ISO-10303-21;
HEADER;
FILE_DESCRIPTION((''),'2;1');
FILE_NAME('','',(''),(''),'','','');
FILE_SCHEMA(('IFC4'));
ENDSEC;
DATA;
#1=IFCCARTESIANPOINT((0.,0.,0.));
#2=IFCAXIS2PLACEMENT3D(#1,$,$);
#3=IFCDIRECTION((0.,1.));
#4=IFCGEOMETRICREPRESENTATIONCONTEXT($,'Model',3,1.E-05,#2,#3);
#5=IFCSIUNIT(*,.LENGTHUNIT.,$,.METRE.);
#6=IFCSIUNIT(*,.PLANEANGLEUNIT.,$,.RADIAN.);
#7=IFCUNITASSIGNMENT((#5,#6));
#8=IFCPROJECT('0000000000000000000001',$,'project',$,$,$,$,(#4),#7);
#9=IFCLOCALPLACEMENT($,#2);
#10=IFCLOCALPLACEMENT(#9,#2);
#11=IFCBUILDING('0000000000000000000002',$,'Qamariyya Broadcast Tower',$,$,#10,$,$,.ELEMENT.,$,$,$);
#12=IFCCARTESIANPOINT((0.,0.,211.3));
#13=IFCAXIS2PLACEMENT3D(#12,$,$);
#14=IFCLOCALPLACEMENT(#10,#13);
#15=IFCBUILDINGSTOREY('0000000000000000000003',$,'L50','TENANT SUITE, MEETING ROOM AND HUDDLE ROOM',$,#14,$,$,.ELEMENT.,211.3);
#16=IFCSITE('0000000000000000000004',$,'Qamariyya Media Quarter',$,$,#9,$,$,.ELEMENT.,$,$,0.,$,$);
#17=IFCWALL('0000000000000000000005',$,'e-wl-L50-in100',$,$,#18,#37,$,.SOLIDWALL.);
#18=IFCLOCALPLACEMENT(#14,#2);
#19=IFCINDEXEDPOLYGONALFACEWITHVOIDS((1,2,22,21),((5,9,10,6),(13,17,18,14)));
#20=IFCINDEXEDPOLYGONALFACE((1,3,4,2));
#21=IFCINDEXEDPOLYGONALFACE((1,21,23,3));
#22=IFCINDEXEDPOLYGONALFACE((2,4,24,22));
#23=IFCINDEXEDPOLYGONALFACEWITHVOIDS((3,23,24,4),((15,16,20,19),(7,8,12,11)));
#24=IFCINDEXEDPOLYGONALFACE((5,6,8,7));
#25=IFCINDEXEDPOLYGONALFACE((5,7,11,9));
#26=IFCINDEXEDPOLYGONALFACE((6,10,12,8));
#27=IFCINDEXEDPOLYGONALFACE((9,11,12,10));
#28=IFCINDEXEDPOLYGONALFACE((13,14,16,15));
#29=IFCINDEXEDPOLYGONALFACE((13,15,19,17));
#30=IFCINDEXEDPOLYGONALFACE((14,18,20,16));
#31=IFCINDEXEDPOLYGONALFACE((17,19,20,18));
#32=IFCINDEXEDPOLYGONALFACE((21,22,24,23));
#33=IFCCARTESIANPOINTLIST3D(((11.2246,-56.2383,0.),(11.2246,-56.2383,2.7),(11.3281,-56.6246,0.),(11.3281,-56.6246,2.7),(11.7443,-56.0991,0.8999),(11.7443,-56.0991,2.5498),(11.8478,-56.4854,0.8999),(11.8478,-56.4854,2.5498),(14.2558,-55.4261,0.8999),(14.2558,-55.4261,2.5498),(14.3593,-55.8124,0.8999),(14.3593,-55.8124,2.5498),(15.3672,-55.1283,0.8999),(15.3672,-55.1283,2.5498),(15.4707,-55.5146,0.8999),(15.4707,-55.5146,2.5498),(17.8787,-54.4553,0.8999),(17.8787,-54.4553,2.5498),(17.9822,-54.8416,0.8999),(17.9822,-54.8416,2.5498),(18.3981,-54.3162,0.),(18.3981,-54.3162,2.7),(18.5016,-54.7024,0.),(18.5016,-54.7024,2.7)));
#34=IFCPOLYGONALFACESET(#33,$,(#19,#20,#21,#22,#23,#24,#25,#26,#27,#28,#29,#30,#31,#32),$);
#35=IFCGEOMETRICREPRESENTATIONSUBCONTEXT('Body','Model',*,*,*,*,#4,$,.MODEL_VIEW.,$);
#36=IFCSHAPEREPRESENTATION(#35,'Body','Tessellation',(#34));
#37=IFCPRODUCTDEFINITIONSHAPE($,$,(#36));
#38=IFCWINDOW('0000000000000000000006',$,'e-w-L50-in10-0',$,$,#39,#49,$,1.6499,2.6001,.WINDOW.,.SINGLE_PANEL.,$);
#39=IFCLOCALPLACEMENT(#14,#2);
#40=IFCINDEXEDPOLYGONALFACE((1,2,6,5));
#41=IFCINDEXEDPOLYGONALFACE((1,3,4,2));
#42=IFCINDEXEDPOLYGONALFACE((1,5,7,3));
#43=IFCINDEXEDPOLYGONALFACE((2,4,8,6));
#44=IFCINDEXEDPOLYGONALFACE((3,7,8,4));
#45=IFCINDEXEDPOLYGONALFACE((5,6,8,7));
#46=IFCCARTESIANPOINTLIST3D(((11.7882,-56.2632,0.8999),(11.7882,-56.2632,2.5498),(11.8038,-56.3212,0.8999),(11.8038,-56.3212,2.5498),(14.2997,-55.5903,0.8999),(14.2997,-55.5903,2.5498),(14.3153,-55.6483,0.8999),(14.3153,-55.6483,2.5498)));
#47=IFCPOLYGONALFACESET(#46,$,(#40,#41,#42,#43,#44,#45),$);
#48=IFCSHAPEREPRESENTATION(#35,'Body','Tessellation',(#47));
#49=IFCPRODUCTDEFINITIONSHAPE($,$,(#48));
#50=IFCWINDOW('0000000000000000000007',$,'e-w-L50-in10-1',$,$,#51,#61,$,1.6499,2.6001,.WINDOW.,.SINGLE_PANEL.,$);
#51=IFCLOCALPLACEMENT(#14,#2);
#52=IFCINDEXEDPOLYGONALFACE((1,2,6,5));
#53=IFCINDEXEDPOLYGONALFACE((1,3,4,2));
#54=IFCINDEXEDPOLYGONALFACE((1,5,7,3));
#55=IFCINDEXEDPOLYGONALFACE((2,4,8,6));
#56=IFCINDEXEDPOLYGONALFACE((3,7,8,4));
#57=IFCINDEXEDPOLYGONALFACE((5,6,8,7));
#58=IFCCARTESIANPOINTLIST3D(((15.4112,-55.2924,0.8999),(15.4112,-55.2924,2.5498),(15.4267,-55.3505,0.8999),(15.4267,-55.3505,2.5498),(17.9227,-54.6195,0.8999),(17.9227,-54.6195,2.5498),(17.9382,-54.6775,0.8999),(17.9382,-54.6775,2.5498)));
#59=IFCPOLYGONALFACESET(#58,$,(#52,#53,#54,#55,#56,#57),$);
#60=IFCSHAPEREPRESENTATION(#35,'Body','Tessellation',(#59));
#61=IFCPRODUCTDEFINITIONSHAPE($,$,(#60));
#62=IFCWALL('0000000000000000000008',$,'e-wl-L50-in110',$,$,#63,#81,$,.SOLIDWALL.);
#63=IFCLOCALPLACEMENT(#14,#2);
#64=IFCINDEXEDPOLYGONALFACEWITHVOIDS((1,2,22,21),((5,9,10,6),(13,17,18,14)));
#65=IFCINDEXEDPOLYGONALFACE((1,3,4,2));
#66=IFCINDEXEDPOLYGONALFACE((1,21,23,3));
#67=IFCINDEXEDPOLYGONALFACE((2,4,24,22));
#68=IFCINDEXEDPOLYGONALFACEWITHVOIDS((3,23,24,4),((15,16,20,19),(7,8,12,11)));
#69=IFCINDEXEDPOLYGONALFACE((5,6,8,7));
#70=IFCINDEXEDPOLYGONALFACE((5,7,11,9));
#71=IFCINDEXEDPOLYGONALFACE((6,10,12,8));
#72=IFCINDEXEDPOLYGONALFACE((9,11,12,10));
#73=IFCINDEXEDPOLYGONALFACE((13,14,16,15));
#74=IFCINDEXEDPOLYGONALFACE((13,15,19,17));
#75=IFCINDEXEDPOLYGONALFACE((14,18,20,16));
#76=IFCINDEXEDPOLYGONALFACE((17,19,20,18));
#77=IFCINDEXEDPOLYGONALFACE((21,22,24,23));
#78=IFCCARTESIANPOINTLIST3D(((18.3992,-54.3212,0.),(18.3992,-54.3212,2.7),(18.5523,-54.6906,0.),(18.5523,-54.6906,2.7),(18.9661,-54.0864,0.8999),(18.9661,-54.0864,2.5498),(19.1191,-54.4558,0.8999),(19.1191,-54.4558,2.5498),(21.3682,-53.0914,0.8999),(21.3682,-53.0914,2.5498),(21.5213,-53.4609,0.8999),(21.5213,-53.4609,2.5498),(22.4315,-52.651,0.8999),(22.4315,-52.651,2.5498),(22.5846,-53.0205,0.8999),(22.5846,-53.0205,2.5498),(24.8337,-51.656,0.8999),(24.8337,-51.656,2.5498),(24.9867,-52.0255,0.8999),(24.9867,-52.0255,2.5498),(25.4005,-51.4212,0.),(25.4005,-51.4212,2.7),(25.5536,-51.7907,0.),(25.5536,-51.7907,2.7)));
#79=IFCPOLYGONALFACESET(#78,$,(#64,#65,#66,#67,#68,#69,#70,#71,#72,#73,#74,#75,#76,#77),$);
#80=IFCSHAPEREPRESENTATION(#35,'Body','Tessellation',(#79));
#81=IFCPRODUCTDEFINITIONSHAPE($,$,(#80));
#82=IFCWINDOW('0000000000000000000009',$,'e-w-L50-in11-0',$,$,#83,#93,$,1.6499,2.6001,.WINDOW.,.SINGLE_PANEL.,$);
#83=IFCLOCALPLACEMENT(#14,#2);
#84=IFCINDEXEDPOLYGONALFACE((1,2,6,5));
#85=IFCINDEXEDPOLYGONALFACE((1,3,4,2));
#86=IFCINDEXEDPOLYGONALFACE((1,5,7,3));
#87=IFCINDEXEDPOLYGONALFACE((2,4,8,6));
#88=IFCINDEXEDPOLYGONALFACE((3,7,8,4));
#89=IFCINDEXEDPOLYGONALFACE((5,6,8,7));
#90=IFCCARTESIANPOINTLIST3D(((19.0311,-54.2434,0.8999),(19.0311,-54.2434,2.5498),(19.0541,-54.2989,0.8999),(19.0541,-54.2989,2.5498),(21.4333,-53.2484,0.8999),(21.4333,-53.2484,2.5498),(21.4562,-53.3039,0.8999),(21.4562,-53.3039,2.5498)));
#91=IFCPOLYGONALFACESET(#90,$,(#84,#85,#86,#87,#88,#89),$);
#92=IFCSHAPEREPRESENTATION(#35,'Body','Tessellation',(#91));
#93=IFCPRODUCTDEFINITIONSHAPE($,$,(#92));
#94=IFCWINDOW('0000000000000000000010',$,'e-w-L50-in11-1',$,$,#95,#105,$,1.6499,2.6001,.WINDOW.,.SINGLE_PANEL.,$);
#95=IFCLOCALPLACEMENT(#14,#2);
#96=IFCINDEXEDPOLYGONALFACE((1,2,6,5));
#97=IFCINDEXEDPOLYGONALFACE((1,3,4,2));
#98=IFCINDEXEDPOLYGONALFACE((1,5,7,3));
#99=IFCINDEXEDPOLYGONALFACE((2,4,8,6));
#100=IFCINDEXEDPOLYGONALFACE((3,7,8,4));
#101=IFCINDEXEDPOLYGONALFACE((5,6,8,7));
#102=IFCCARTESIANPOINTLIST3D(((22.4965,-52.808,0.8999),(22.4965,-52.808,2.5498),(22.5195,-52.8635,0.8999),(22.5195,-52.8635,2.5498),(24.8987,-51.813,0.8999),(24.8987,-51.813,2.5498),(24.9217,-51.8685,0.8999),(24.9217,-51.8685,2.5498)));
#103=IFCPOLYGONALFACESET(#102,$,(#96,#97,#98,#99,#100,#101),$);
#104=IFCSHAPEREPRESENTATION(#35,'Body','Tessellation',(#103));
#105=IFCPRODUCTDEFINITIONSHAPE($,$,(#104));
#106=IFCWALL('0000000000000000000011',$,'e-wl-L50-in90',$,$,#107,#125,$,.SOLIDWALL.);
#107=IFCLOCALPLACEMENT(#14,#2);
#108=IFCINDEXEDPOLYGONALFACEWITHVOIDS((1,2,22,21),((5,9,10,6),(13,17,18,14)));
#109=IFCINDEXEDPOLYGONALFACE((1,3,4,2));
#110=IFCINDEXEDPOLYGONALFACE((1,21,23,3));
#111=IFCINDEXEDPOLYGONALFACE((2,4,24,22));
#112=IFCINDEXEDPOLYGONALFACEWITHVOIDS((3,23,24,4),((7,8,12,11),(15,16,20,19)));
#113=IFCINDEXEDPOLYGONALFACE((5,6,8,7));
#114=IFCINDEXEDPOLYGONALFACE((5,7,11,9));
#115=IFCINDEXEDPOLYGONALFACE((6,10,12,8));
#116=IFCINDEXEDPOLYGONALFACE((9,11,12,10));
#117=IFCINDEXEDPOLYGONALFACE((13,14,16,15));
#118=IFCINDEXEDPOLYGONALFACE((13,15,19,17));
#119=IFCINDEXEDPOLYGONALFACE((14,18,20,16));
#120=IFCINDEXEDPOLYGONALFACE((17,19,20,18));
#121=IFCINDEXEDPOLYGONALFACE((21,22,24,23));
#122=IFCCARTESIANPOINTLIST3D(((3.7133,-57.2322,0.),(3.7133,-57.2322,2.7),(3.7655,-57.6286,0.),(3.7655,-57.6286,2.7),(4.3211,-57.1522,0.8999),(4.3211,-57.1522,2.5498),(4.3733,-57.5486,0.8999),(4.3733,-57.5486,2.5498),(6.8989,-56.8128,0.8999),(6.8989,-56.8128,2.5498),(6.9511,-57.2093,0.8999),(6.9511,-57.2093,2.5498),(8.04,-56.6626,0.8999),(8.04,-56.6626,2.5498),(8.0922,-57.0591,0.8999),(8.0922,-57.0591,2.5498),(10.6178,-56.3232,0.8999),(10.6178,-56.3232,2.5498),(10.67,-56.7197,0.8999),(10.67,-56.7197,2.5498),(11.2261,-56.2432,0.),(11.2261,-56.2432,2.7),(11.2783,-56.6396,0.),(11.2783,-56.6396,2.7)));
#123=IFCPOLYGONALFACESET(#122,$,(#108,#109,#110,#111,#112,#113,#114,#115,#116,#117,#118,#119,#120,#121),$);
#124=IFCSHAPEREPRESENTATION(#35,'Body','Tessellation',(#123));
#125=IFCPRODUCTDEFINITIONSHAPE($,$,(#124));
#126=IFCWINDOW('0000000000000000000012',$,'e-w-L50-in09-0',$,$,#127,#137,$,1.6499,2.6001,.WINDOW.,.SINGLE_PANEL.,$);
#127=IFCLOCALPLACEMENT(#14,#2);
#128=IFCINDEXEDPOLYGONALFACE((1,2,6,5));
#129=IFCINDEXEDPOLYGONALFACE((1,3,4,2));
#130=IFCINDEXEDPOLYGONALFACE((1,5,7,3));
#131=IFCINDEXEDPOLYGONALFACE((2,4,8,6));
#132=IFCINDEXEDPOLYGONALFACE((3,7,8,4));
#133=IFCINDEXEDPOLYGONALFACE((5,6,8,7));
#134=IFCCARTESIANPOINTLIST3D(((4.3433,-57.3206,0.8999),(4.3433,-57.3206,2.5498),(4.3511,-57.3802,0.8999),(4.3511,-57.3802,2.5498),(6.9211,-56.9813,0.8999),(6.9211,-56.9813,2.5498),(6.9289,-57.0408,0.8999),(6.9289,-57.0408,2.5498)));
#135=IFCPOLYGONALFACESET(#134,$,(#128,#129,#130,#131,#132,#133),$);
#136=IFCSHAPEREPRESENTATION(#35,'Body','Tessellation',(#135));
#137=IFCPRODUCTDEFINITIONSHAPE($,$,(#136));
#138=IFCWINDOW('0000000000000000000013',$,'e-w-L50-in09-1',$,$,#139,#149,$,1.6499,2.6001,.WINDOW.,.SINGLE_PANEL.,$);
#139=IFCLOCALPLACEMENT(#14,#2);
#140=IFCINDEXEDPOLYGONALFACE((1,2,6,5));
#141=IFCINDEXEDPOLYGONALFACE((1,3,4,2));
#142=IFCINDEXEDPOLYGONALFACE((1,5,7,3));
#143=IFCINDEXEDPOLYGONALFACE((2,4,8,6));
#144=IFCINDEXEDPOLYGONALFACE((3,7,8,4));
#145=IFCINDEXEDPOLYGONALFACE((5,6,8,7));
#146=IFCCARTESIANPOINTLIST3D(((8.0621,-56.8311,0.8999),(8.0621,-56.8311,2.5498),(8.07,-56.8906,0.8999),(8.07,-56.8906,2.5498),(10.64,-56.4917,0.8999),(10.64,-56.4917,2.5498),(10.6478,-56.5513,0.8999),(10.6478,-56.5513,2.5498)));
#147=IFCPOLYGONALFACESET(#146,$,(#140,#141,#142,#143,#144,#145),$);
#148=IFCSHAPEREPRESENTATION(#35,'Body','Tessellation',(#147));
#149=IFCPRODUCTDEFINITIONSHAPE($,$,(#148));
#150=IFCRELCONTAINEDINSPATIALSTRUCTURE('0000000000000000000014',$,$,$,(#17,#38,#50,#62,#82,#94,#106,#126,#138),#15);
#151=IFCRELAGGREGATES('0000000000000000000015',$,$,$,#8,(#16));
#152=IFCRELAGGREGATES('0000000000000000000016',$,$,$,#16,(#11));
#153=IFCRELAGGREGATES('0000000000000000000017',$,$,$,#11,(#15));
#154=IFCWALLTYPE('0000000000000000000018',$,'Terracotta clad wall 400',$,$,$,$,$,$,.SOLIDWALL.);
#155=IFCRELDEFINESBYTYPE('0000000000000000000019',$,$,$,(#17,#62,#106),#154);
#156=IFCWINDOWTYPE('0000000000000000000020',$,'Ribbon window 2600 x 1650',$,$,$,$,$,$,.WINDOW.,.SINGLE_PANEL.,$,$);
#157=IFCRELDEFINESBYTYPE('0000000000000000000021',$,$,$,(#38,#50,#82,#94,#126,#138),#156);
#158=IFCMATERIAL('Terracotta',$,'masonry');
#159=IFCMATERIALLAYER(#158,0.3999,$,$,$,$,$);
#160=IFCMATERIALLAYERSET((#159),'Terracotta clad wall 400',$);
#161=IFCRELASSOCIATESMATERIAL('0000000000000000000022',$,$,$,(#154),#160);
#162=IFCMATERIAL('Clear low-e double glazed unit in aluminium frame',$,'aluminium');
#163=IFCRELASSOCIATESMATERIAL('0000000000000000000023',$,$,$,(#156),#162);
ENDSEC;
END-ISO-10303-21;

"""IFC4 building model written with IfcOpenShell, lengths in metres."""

from ifc_helpers import new_model, si_unit, direction, frame, frame_2d, origin, place, context, subcontext, project, spatial, rectangle, extrude, material, layer, layer_set, type_object, element, fill, save


model = new_model("IFC4")

# Units and contexts
model_context = context("Model", 3, precision=1e-05, world=origin(), true_north=direction((0.0, 1.0)))
body_context = subcontext(model_context, "Body", "Model", "MODEL_VIEW")
ifc_project = project(units=[si_unit("LENGTHUNIT", "METRE"), si_unit("PLANEANGLEUNIT", "RADIAN")], contexts=[model_context])

# Site, building, storey
site_placement = place(None, origin())
site = spatial("IfcSite", under=ifc_project, at=site_placement, Name="Qamariyya Media Quarter", CompositionType="ELEMENT", RefElevation=0.0)
building_placement = place(site_placement, origin())
building = spatial("IfcBuilding", under=site, at=building_placement, Name="Qamariyya Broadcast Tower", CompositionType="ELEMENT")
storey_placement = place(building_placement, frame((0.0, 0.0, 211.3)))
storey = spatial("IfcBuildingStorey", under=building, at=storey_placement, Name="L50", Description="TENANT SUITE, MEETING ROOM AND HUDDLE ROOM", CompositionType="ELEMENT", Elevation=211.3)

# Walls, openings, windows
ifc_material_1 = material(Name="Terracotta", Category="masonry")
ifc_layer_1 = layer(ifc_material_1, 0.3999)
ifc_layer_set_1 = layer_set([ifc_layer_1], Name="Terracotta clad wall 400")
wall_type_1 = type_object("IfcWallType", Name="Terracotta clad wall 400", PredefinedType="SOLIDWALL", material=ifc_layer_set_1)
wall_1_placement = place(storey_placement, frame((18.45, -54.5093, 0.0), z_axis=(0.0, 0.0, 1.0), x_axis=(-0.965925, -0.258823, 0.0)))
wall_1 = element("IfcWall", 1, at=wall_1_placement, inside=storey, type_object=wall_type_1, Name="e-wl-L50-in100", PredefinedType="SOLIDWALL", context=body_context, shape_type="SweptSolid", body=[
    extrude(rectangle(XDim=7.4265, YDim=0.3999, at=frame_2d((3.7134, 0.0))), origin(), (0.0, 0.0, 1.0), 2.7),
])
opening_1_placement = place(wall_1_placement, frame((4.2886, 0.0, 0.8999)))
opening_1 = element("IfcOpeningElement", 2, at=opening_1_placement, cuts=wall_1, PredefinedType="OPENING", context=body_context, shape_type="SweptSolid", body=[
    extrude(rectangle(XDim=2.6001, YDim=1.6499, at=frame_2d((1.3, 0.825))), frame((0.0, 0.21, 0.0), z_axis=(0.0, -1.0, 0.0), x_axis=(1.0, 0.0, 0.0)), (0.0, 0.0, 1.0), 0.4199),
])
opening_2_placement = place(wall_1_placement, frame((0.5378, 0.0, 0.8999)))
opening_2 = element("IfcOpeningElement", 3, at=opening_2_placement, cuts=wall_1, PredefinedType="OPENING", context=body_context, shape_type="SweptSolid", body=[
    extrude(rectangle(XDim=2.6001, YDim=1.6499, at=frame_2d((1.3, 0.825))), frame((0.0, 0.21, 0.0), z_axis=(0.0, -1.0, 0.0), x_axis=(1.0, 0.0, 0.0)), (0.0, 0.0, 1.0), 0.4199),
])
ifc_material_2 = material(Name="Clear low-e double glazed unit in aluminium frame", Category="aluminium")
window_type = type_object("IfcWindowType", Name="Ribbon window 2600 x 1650", PartitioningType="SINGLE_PANEL", PredefinedType="WINDOW", material=ifc_material_2)
window_1_placement = place(opening_1_placement, origin())
window_1 = element("IfcWindow", 4, at=window_1_placement, inside=storey, type_object=window_type, Name="e-w-L50-in10-0", OverallHeight=1.6499, OverallWidth=2.6001, PartitioningType="SINGLE_PANEL", PredefinedType="WINDOW", context=body_context, shape_type="SweptSolid", body=[
    extrude(rectangle(XDim=2.6001, YDim=1.6499, at=frame_2d((1.3, 0.825))), frame((0.0, 0.03, 0.0), z_axis=(0.0, -1.0, 0.0), x_axis=(1.0, 0.0, 0.0)), (0.0, 0.0, 1.0), 0.0601),
])
fill(opening_1, window_1)
window_2_placement = place(opening_2_placement, origin())
window_2 = element("IfcWindow", 5, at=window_2_placement, inside=storey, type_object=window_type, Name="e-w-L50-in10-1", OverallHeight=1.6499, OverallWidth=2.6001, PartitioningType="SINGLE_PANEL", PredefinedType="WINDOW", context=body_context, shape_type="SweptSolid", body=[
    extrude(rectangle(XDim=2.6001, YDim=1.6499, at=frame_2d((1.3, 0.825))), frame((0.0, 0.03, 0.0), z_axis=(0.0, -1.0, 0.0), x_axis=(1.0, 0.0, 0.0)), (0.0, 0.0, 1.0), 0.0601),
])
fill(opening_2, window_2)
wall_2_placement = place(storey_placement, frame((25.4771, -51.606, 0.0), z_axis=(0.0, 0.0, 1.0), x_axis=(-0.923884, -0.382672, 0.0)))
wall_2 = element("IfcWall", 6, at=wall_2_placement, inside=storey, type_object=wall_type_1, Name="e-wl-L50-in110", PredefinedType="SOLIDWALL", context=body_context, shape_type="SweptSolid", body=[
    extrude(rectangle(XDim=7.5781, YDim=0.3999, at=frame_2d((3.7891, 0.0))), origin(), (0.0, 0.0, 1.0), 2.7),
])
opening_3_placement = place(wall_2_placement, frame((4.3645, 0.0, 0.8999)))
opening_3 = element("IfcOpeningElement", 7, at=opening_3_placement, cuts=wall_2, PredefinedType="OPENING", context=body_context, shape_type="SweptSolid", body=[
    extrude(rectangle(XDim=2.6001, YDim=1.6499, at=frame_2d((1.3, 0.825))), frame((0.0, 0.21, 0.0), z_axis=(0.0, -1.0, 0.0), x_axis=(1.0, 0.0, 0.0)), (0.0, 0.0, 1.0), 0.4199),
])
opening_4_placement = place(wall_2_placement, frame((0.6135, 0.0, 0.8999)))
opening_4 = element("IfcOpeningElement", 8, at=opening_4_placement, cuts=wall_2, PredefinedType="OPENING", context=body_context, shape_type="SweptSolid", body=[
    extrude(rectangle(XDim=2.6001, YDim=1.6499, at=frame_2d((1.3, 0.825))), frame((0.0, 0.21, 0.0), z_axis=(0.0, -1.0, 0.0), x_axis=(1.0, 0.0, 0.0)), (0.0, 0.0, 1.0), 0.4199),
])
window_3_placement = place(opening_3_placement, origin())
window_3 = element("IfcWindow", 9, at=window_3_placement, inside=storey, type_object=window_type, Name="e-w-L50-in11-0", OverallHeight=1.6499, OverallWidth=2.6001, PartitioningType="SINGLE_PANEL", PredefinedType="WINDOW", context=body_context, shape_type="SweptSolid", body=[
    extrude(rectangle(XDim=2.6001, YDim=1.6499, at=frame_2d((1.3, 0.825))), frame((0.0, 0.03, 0.0), z_axis=(0.0, -1.0, 0.0), x_axis=(1.0, 0.0, 0.0)), (0.0, 0.0, 1.0), 0.0601),
])
fill(opening_3, window_3)
window_4_placement = place(opening_4_placement, origin())
window_4 = element("IfcWindow", 10, at=window_4_placement, inside=storey, type_object=window_type, Name="e-w-L50-in11-1", OverallHeight=1.6499, OverallWidth=2.6001, PartitioningType="SINGLE_PANEL", PredefinedType="WINDOW", context=body_context, shape_type="SweptSolid", body=[
    extrude(rectangle(XDim=2.6001, YDim=1.6499, at=frame_2d((1.3, 0.825))), frame((0.0, 0.03, 0.0), z_axis=(0.0, -1.0, 0.0), x_axis=(1.0, 0.0, 0.0)), (0.0, 0.0, 1.0), 0.0601),
])
fill(opening_4, window_4)
wall_3_placement = place(storey_placement, frame((11.2522, -56.4414, 0.0), z_axis=(0.0, 0.0, 1.0), x_axis=(-0.991446, -0.130515, 0.0)))
wall_3 = element("IfcWall", 11, at=wall_3_placement, inside=storey, type_object=wall_type_1, Name="e-wl-L50-in90", PredefinedType="SOLIDWALL", context=body_context, shape_type="SweptSolid", body=[
    extrude(rectangle(XDim=7.5776, YDim=0.3999, at=frame_2d((3.7888, 0.0))), origin(), (0.0, 0.0, 1.0), 2.7),
])
opening_5_placement = place(wall_3_placement, frame((4.3645, 0.0, 0.8999)))
opening_5 = element("IfcOpeningElement", 12, at=opening_5_placement, cuts=wall_3, PredefinedType="OPENING", context=body_context, shape_type="SweptSolid", body=[
    extrude(rectangle(XDim=2.6001, YDim=1.6499, at=frame_2d((1.3, 0.825))), frame((0.0, 0.21, 0.0), z_axis=(0.0, -1.0, 0.0), x_axis=(1.0, 0.0, 0.0)), (0.0, 0.0, 1.0), 0.4199),
])
opening_6_placement = place(wall_3_placement, frame((0.6135, 0.0, 0.8999)))
opening_6 = element("IfcOpeningElement", 13, at=opening_6_placement, cuts=wall_3, PredefinedType="OPENING", context=body_context, shape_type="SweptSolid", body=[
    extrude(rectangle(XDim=2.6001, YDim=1.6499, at=frame_2d((1.3, 0.825))), frame((0.0, 0.21, 0.0), z_axis=(0.0, -1.0, 0.0), x_axis=(1.0, 0.0, 0.0)), (0.0, 0.0, 1.0), 0.4199),
])
window_5_placement = place(opening_5_placement, origin())
window_5 = element("IfcWindow", 14, at=window_5_placement, inside=storey, type_object=window_type, Name="e-w-L50-in09-0", OverallHeight=1.6499, OverallWidth=2.6001, PartitioningType="SINGLE_PANEL", PredefinedType="WINDOW", context=body_context, shape_type="SweptSolid", body=[
    extrude(rectangle(XDim=2.6001, YDim=1.6499, at=frame_2d((1.3, 0.825))), frame((0.0, 0.03, 0.0), z_axis=(0.0, -1.0, 0.0), x_axis=(1.0, 0.0, 0.0)), (0.0, 0.0, 1.0), 0.0601),
])
fill(opening_5, window_5)
window_6_placement = place(opening_6_placement, origin())
window_6 = element("IfcWindow", 15, at=window_6_placement, inside=storey, type_object=window_type, Name="e-w-L50-in09-1", OverallHeight=1.6499, OverallWidth=2.6001, PartitioningType="SINGLE_PANEL", PredefinedType="WINDOW", context=body_context, shape_type="SweptSolid", body=[
    extrude(rectangle(XDim=2.6001, YDim=1.6499, at=frame_2d((1.3, 0.825))), frame((0.0, 0.03, 0.0), z_axis=(0.0, -1.0, 0.0), x_axis=(1.0, 0.0, 0.0)), (0.0, 0.0, 1.0), 0.0601),
])
fill(opening_6, window_6)

save(model, "model.ifc")
